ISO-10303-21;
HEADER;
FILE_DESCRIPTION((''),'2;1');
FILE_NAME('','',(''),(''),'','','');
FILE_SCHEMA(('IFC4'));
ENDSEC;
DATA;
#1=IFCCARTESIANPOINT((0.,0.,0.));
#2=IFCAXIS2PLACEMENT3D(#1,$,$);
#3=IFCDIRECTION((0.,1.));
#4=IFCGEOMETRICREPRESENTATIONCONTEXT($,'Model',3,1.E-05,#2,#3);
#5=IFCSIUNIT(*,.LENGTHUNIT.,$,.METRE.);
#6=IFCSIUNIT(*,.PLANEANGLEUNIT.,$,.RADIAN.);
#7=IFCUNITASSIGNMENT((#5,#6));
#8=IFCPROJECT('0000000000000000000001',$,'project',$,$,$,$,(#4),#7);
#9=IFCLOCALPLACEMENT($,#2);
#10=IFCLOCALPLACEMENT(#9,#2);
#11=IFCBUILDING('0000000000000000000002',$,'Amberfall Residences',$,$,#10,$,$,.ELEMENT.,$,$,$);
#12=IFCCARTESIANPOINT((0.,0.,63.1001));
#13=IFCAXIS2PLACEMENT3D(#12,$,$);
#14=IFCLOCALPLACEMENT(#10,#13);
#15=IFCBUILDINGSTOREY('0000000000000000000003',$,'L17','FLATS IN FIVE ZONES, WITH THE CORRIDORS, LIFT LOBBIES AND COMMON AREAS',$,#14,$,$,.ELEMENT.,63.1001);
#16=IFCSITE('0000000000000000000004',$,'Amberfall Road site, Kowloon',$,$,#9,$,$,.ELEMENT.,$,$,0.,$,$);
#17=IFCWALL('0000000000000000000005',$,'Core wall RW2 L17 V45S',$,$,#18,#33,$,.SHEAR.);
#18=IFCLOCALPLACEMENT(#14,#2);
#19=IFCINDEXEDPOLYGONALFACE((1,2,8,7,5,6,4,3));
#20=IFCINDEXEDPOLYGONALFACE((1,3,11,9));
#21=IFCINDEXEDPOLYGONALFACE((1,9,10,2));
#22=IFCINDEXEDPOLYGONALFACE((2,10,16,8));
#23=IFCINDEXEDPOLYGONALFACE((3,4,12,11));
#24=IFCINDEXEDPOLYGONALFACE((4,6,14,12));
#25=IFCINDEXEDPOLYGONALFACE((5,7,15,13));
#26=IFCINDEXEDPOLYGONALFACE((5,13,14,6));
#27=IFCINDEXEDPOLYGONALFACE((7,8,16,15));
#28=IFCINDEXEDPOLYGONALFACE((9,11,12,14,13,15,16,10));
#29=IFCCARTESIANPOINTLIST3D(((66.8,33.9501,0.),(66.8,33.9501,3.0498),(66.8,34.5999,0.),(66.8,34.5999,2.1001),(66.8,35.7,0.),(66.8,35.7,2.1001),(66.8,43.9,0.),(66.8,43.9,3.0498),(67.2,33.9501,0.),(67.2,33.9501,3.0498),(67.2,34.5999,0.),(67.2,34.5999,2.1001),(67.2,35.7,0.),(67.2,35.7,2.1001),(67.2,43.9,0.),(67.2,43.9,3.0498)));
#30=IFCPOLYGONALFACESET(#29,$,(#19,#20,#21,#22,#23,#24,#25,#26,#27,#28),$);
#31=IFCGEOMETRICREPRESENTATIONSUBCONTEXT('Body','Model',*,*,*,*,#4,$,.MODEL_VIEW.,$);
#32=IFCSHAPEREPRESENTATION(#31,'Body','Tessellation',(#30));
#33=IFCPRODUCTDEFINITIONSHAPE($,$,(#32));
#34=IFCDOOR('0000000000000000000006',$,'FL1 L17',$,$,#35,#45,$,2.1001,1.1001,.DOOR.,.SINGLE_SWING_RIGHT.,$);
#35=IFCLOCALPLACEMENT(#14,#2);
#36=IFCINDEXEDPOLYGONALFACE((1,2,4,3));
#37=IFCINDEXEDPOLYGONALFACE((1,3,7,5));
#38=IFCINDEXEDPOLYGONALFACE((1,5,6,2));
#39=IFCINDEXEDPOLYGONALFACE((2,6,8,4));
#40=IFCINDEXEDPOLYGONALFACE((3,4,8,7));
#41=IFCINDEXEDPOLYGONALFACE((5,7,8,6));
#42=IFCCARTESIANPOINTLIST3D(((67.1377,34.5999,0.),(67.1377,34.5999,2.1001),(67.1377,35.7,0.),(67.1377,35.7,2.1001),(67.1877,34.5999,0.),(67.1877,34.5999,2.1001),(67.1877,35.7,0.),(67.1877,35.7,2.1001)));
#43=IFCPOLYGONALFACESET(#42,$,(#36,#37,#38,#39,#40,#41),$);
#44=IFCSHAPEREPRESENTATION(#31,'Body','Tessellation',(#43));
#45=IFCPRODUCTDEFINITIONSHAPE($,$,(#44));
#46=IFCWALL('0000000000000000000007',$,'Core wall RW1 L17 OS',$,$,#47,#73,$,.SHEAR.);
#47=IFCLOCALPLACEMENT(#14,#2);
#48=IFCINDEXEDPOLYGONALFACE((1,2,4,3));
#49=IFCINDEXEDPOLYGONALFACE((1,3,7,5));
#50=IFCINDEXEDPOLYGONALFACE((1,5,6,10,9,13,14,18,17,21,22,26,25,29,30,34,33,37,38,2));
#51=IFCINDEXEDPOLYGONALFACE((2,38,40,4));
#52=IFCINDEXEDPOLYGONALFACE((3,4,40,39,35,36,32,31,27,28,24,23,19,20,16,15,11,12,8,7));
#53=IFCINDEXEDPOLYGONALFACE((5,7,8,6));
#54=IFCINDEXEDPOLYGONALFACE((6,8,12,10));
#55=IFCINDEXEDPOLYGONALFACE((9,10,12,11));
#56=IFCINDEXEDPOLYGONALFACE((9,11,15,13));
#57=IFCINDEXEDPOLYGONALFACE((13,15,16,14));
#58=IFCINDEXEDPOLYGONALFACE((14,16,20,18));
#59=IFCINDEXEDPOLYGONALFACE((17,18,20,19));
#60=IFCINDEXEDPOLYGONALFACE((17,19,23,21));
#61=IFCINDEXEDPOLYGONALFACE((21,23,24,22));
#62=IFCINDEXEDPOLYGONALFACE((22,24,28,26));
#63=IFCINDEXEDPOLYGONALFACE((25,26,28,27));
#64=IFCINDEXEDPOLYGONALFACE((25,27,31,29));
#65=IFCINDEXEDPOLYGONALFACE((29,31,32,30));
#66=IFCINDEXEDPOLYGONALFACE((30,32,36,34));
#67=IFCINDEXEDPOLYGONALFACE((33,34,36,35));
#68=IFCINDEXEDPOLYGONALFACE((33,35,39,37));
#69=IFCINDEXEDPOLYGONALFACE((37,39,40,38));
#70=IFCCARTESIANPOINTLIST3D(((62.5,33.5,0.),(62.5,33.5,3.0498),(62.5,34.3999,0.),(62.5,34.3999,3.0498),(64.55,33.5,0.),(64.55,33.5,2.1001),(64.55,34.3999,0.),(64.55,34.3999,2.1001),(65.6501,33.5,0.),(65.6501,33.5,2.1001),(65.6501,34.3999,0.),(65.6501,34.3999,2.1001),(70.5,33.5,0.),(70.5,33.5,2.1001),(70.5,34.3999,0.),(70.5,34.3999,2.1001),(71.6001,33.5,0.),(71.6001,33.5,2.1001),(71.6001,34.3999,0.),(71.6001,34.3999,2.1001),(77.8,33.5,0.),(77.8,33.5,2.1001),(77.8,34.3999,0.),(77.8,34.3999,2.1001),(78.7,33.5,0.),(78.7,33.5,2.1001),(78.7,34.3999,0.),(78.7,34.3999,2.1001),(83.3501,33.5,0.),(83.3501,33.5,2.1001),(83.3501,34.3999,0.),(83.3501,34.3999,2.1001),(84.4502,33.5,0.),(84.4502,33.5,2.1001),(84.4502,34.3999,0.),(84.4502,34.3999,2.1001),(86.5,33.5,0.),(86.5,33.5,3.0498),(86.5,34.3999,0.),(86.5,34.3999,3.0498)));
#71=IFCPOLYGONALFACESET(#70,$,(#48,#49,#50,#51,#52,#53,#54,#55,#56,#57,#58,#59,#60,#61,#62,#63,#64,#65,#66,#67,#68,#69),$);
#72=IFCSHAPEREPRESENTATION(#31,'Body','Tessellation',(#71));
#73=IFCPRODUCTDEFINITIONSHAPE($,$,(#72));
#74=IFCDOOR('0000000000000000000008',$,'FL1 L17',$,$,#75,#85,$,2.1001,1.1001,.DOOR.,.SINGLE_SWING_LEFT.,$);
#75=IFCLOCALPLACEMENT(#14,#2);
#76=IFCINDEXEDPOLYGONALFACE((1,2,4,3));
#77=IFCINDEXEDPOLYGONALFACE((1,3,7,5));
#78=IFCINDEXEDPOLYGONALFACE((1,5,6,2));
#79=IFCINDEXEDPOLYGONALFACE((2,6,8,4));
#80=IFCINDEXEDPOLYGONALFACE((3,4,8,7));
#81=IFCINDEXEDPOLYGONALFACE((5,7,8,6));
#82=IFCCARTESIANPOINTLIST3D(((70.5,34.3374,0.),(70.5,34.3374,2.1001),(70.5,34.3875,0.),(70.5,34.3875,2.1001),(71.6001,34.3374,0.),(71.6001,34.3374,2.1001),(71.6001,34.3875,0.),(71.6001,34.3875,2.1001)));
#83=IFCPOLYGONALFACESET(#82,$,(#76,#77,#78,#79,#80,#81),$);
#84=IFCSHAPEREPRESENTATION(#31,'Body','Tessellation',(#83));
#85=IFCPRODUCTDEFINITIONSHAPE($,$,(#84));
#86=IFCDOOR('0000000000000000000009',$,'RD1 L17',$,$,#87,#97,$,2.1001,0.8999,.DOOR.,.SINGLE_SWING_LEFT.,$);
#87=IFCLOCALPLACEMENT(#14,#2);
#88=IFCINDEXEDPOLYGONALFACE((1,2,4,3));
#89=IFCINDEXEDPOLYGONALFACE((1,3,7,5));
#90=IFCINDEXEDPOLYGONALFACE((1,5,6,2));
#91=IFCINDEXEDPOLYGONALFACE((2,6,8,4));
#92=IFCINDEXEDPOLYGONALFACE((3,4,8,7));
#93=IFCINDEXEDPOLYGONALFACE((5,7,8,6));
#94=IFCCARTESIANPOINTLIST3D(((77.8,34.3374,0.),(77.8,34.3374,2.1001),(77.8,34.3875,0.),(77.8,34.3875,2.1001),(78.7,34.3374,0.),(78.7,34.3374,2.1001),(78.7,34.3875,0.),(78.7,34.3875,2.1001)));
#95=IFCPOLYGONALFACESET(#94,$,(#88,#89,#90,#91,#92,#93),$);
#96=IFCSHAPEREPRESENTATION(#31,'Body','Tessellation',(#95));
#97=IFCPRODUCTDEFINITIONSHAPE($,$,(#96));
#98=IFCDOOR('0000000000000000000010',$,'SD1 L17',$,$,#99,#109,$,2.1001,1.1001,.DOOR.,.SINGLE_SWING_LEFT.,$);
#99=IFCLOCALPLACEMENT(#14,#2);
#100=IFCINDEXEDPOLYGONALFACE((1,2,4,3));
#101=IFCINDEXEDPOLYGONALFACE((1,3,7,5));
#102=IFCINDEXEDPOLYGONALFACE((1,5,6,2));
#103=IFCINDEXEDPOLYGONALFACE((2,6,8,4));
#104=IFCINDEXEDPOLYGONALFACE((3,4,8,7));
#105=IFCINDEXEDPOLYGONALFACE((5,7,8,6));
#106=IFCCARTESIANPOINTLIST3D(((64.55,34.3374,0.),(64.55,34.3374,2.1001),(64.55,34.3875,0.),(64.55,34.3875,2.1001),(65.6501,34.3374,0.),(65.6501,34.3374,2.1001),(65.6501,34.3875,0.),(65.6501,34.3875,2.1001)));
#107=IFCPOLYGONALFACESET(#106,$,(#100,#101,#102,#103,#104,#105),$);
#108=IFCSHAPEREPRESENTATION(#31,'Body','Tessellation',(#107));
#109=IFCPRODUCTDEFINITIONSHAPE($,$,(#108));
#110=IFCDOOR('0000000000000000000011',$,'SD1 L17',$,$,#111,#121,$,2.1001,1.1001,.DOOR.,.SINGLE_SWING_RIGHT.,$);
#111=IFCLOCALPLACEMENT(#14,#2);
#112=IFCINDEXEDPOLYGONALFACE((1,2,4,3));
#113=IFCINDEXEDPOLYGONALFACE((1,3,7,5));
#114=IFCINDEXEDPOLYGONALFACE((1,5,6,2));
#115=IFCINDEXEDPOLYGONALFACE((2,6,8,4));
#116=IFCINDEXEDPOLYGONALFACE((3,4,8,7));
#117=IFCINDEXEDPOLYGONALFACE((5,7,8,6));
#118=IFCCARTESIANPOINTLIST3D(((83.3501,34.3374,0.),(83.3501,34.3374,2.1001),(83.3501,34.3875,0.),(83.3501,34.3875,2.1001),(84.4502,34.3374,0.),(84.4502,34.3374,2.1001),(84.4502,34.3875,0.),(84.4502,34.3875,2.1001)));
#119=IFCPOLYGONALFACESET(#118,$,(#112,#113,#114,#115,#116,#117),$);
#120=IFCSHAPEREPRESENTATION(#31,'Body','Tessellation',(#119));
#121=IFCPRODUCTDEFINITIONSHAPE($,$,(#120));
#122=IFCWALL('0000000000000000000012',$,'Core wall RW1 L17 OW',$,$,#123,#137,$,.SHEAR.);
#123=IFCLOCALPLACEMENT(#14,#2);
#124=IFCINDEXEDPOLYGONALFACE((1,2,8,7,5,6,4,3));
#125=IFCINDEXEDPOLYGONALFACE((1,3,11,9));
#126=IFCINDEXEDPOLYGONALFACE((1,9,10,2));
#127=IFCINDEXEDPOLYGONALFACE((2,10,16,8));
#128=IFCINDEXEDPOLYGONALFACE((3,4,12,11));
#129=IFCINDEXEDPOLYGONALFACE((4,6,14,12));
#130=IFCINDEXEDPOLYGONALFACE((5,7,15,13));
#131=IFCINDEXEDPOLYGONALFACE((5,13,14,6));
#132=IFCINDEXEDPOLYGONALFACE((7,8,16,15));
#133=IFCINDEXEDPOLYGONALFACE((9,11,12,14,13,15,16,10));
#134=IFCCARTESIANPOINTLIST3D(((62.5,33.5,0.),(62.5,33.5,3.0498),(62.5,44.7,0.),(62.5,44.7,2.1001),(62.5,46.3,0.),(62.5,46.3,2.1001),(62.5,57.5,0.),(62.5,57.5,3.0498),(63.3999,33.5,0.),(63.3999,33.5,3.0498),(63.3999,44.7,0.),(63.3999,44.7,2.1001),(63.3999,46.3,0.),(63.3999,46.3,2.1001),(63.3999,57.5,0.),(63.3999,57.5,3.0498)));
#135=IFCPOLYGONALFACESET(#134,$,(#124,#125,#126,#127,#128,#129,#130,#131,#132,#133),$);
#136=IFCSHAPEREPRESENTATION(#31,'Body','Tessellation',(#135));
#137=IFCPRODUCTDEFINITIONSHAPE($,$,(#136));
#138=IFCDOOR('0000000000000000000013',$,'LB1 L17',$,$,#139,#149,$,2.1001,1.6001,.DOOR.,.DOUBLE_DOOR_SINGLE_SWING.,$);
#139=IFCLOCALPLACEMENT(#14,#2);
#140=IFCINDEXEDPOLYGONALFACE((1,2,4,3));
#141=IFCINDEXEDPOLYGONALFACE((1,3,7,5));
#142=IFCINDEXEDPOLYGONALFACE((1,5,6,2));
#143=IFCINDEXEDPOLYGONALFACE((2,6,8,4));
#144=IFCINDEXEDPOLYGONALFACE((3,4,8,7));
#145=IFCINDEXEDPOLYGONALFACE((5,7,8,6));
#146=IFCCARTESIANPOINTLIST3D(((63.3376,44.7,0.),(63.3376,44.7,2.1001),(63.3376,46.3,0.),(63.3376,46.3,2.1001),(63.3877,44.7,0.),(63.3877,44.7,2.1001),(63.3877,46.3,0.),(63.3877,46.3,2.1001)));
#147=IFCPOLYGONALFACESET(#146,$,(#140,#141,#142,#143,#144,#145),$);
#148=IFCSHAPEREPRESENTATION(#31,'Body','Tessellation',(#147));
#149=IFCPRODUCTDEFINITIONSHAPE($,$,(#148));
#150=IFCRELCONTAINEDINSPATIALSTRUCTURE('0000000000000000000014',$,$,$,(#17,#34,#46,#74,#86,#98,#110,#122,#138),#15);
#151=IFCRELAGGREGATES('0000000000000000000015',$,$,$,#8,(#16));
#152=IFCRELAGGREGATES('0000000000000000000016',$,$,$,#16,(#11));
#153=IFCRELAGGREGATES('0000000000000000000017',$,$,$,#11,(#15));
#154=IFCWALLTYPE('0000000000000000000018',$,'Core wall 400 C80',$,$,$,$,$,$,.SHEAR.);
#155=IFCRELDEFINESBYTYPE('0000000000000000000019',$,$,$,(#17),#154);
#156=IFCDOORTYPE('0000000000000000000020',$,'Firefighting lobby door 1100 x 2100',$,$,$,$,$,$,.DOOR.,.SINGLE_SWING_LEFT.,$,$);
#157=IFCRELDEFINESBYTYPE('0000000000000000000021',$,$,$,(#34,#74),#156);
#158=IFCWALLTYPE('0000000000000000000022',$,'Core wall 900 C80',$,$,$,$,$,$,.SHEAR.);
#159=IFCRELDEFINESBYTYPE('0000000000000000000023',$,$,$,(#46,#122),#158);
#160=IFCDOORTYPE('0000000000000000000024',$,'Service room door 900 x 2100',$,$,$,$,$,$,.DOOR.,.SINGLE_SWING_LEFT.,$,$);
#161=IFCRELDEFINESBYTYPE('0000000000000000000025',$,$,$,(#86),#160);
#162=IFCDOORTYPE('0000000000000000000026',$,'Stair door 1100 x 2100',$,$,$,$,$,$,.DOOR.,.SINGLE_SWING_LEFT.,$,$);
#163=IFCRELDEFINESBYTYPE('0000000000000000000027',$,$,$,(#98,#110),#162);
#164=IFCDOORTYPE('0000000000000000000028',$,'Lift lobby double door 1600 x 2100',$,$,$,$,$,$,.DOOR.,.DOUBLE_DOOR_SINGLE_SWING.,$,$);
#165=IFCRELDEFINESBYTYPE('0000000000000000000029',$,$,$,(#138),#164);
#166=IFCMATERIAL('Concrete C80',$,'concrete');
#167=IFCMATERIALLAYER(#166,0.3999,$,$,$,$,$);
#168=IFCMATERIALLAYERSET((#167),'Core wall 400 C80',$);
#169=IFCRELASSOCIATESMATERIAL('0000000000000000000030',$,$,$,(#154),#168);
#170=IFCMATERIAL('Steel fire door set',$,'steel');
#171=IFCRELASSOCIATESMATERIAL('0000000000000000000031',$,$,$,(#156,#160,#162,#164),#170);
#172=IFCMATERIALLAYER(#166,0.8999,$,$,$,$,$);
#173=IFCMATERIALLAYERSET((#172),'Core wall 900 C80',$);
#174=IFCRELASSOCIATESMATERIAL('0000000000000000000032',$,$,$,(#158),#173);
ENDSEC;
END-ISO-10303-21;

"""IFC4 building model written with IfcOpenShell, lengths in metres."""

from ifc_helpers import new_model, si_unit, direction, frame, frame_2d, origin, place, context, subcontext, project, spatial, rectangle, extrude, material, layer, layer_set, type_object, element, fill, save


model = new_model("IFC4")

# Units and contexts
model_context = context("Model", 3, precision=1e-05, world=origin(), true_north=direction((0.0, 1.0)))
body_context = subcontext(model_context, "Body", "Model", "MODEL_VIEW")
ifc_project = project(units=[si_unit("LENGTHUNIT", "METRE"), si_unit("PLANEANGLEUNIT", "RADIAN")], contexts=[model_context])

# Site, building, storey
site_placement = place(None, origin())
site = spatial("IfcSite", under=ifc_project, at=site_placement, Name="Amberfall Road site, Kowloon", CompositionType="ELEMENT", RefElevation=0.0)
building_placement = place(site_placement, origin())
building = spatial("IfcBuilding", under=site, at=building_placement, Name="Amberfall Residences", CompositionType="ELEMENT")
storey_placement = place(building_placement, frame((0.0, 0.0, 63.1001)))
storey = spatial("IfcBuildingStorey", under=building, at=storey_placement, Name="L17", Description="FLATS IN FIVE ZONES, WITH THE CORRIDORS, LIFT LOBBIES AND COMMON AREAS", CompositionType="ELEMENT", Elevation=63.1001)

# Wall, opening, door
ifc_material_1 = material(Name="Concrete C80", Category="concrete")
ifc_layer_1 = layer(ifc_material_1, 0.3999)
ifc_layer_set_1 = layer_set([ifc_layer_1], Name="Core wall 400 C80")
wall_type_1 = type_object("IfcWallType", Name="Core wall 400 C80", PredefinedType="SHEAR", material=ifc_layer_set_1)
wall_1_placement = place(storey_placement, frame((67.0, 33.95, 0.0), z_axis=(0.0, 0.0, 1.0), x_axis=(0.0, 1.0, 0.0)))
wall_1 = element("IfcWall", 1, at=wall_1_placement, inside=storey, type_object=wall_type_1, Name="Core wall RW2 L17 V45S", PredefinedType="SHEAR", context=body_context, shape_type="SweptSolid", body=[
    extrude(rectangle(XDim=9.95, YDim=0.3999, at=frame_2d((4.9751, 0.0))), origin(), (0.0, 0.0, 1.0), 3.0498),
])
opening_1_placement = place(wall_1_placement, frame((0.6499, 0.0, 0.0)))
opening_1 = element("IfcOpeningElement", 2, at=opening_1_placement, cuts=wall_1, PredefinedType="OPENING", context=body_context, shape_type="SweptSolid", body=[
    extrude(rectangle(XDim=1.1001, YDim=2.1001, at=frame_2d((0.55, 1.05))), frame((0.0, 0.21, 0.0), z_axis=(0.0, -1.0, 0.0), x_axis=(1.0, 0.0, 0.0)), (0.0, 0.0, 1.0), 0.4199),
])
ifc_material_2 = material(Name="Steel fire door set", Category="steel")
door_type_1 = type_object("IfcDoorType", Name="Firefighting lobby door 1100 x 2100", OperationType="SINGLE_SWING_LEFT", PredefinedType="DOOR", material=ifc_material_2)
door_1_placement = place(opening_1_placement, origin())
door_1 = element("IfcDoor", 3, at=door_1_placement, inside=storey, type_object=door_type_1, Name="FL1 L17", OperationType="SINGLE_SWING_RIGHT", OverallHeight=2.1001, OverallWidth=1.1001, PredefinedType="DOOR", context=body_context, shape_type="SweptSolid", body=[
    extrude(rectangle(XDim=1.1001, YDim=2.1001, at=frame_2d((0.55, 1.05))), frame((0.0, -0.1377, 0.0), z_axis=(0.0, -1.0, 0.0), x_axis=(1.0, 0.0, 0.0)), (0.0, 0.0, 1.0), 0.05),
])
fill(opening_1, door_1)

# Wall, openings, doors
ifc_layer_2 = layer(ifc_material_1, 0.8999)
ifc_layer_set_2 = layer_set([ifc_layer_2], Name="Core wall 900 C80")
wall_type_2 = type_object("IfcWallType", Name="Core wall 900 C80", PredefinedType="SHEAR", material=ifc_layer_set_2)
wall_2_placement = place(storey_placement, frame((62.5, 33.95, 0.0), z_axis=(0.0, 0.0, 1.0), x_axis=(1.0, 0.0, 0.0)))
wall_2 = element("IfcWall", 4, at=wall_2_placement, inside=storey, type_object=wall_type_2, Name="Core wall RW1 L17 OS", PredefinedType="SHEAR", context=body_context, shape_type="SweptSolid", body=[
    extrude(rectangle(XDim=24.0, YDim=0.8999, at=frame_2d((12.0, 0.0))), origin(), (0.0, 0.0, 1.0), 3.0498),
])
opening_2_placement = place(wall_2_placement, frame((2.05, 0.0, 0.0)))
opening_2 = element("IfcOpeningElement", 5, at=opening_2_placement, cuts=wall_2, PredefinedType="OPENING", context=body_context, shape_type="SweptSolid", body=[
    extrude(rectangle(XDim=1.1001, YDim=2.1001, at=frame_2d((0.55, 1.05))), frame((0.0, 0.46, 0.0), z_axis=(0.0, -1.0, 0.0), x_axis=(1.0, 0.0, 0.0)), (0.0, 0.0, 1.0), 0.9199),
])
opening_3_placement = place(wall_2_placement, frame((20.8501, 0.0, 0.0)))
opening_3 = element("IfcOpeningElement", 6, at=opening_3_placement, cuts=wall_2, PredefinedType="OPENING", context=body_context, shape_type="SweptSolid", body=[
    extrude(rectangle(XDim=1.1001, YDim=2.1001, at=frame_2d((0.55, 1.05))), frame((0.0, 0.46, 0.0), z_axis=(0.0, -1.0, 0.0), x_axis=(1.0, 0.0, 0.0)), (0.0, 0.0, 1.0), 0.9199),
])
opening_4_placement = place(wall_2_placement, frame((8.0, 0.0, 0.0)))
opening_4 = element("IfcOpeningElement", 7, at=opening_4_placement, cuts=wall_2, PredefinedType="OPENING", context=body_context, shape_type="SweptSolid", body=[
    extrude(rectangle(XDim=1.1001, YDim=2.1001, at=frame_2d((0.55, 1.05))), frame((0.0, 0.46, 0.0), z_axis=(0.0, -1.0, 0.0), x_axis=(1.0, 0.0, 0.0)), (0.0, 0.0, 1.0), 0.9199),
])
opening_5_placement = place(wall_2_placement, frame((15.3, 0.0, 0.0)))
opening_5 = element("IfcOpeningElement", 8, at=opening_5_placement, cuts=wall_2, PredefinedType="OPENING", context=body_context, shape_type="SweptSolid", body=[
    extrude(rectangle(XDim=0.8999, YDim=2.1001, at=frame_2d((0.45, 1.05))), frame((0.0, 0.46, 0.0), z_axis=(0.0, -1.0, 0.0), x_axis=(1.0, 0.0, 0.0)), (0.0, 0.0, 1.0), 0.9199),
])
door_2_placement = place(opening_4_placement, origin())
door_2 = element("IfcDoor", 9, at=door_2_placement, inside=storey, type_object=door_type_1, Name="FL1 L17", OperationType="SINGLE_SWING_LEFT", OverallHeight=2.1001, OverallWidth=1.1001, PredefinedType="DOOR", context=body_context, shape_type="SweptSolid", body=[
    extrude(rectangle(XDim=1.1001, YDim=2.1001, at=frame_2d((0.55, 1.05))), frame((0.0, 0.4375, 0.0), z_axis=(0.0, -1.0, 0.0), x_axis=(1.0, 0.0, 0.0)), (0.0, 0.0, 1.0), 0.05),
])
fill(opening_4, door_2)
door_type_2 = type_object("IfcDoorType", Name="Service room door 900 x 2100", OperationType="SINGLE_SWING_LEFT", PredefinedType="DOOR", material=ifc_material_2)
door_3_placement = place(opening_5_placement, origin())
door_3 = element("IfcDoor", 10, at=door_3_placement, inside=storey, type_object=door_type_2, Name="RD1 L17", OperationType="SINGLE_SWING_LEFT", OverallHeight=2.1001, OverallWidth=0.8999, PredefinedType="DOOR", context=body_context, shape_type="SweptSolid", body=[
    extrude(rectangle(XDim=0.8999, YDim=2.1001, at=frame_2d((0.45, 1.05))), frame((0.0, 0.4375, 0.0), z_axis=(0.0, -1.0, 0.0), x_axis=(1.0, 0.0, 0.0)), (0.0, 0.0, 1.0), 0.05),
])
fill(opening_5, door_3)
door_type_3 = type_object("IfcDoorType", Name="Stair door 1100 x 2100", OperationType="SINGLE_SWING_LEFT", PredefinedType="DOOR", material=ifc_material_2)
door_4_placement = place(opening_2_placement, origin())
door_4 = element("IfcDoor", 11, at=door_4_placement, inside=storey, type_object=door_type_3, Name="SD1 L17", OperationType="SINGLE_SWING_LEFT", OverallHeight=2.1001, OverallWidth=1.1001, PredefinedType="DOOR", context=body_context, shape_type="SweptSolid", body=[
    extrude(rectangle(XDim=1.1001, YDim=2.1001, at=frame_2d((0.55, 1.05))), frame((0.0, 0.4375, 0.0), z_axis=(0.0, -1.0, 0.0), x_axis=(1.0, 0.0, 0.0)), (0.0, 0.0, 1.0), 0.05),
])
fill(opening_2, door_4)
door_5_placement = place(opening_3_placement, origin())
door_5 = element("IfcDoor", 12, at=door_5_placement, inside=storey, type_object=door_type_3, Name="SD1 L17", OperationType="SINGLE_SWING_RIGHT", OverallHeight=2.1001, OverallWidth=1.1001, PredefinedType="DOOR", context=body_context, shape_type="SweptSolid", body=[
    extrude(rectangle(XDim=1.1001, YDim=2.1001, at=frame_2d((0.55, 1.05))), frame((0.0, 0.4375, 0.0), z_axis=(0.0, -1.0, 0.0), x_axis=(1.0, 0.0, 0.0)), (0.0, 0.0, 1.0), 0.05),
])
fill(opening_3, door_5)

# Wall, opening, door
wall_3_placement = place(storey_placement, frame((62.95, 33.5, 0.0), z_axis=(0.0, 0.0, 1.0), x_axis=(0.0, 1.0, 0.0)))
wall_3 = element("IfcWall", 13, at=wall_3_placement, inside=storey, type_object=wall_type_2, Name="Core wall RW1 L17 OW", PredefinedType="SHEAR", context=body_context, shape_type="SweptSolid", body=[
    extrude(rectangle(XDim=24.0, YDim=0.8999, at=frame_2d((12.0, 0.0))), origin(), (0.0, 0.0, 1.0), 3.0498),
])
opening_6_placement = place(wall_3_placement, frame((11.2, 0.0, 0.0)))
opening_6 = element("IfcOpeningElement", 14, at=opening_6_placement, cuts=wall_3, PredefinedType="OPENING", context=body_context, shape_type="SweptSolid", body=[
    extrude(rectangle(XDim=1.6001, YDim=2.1001, at=frame_2d((0.8, 1.05))), frame((0.0, 0.46, 0.0), z_axis=(0.0, -1.0, 0.0), x_axis=(1.0, 0.0, 0.0)), (0.0, 0.0, 1.0), 0.9199),
])
door_type_4 = type_object("IfcDoorType", Name="Lift lobby double door 1600 x 2100", OperationType="DOUBLE_DOOR_SINGLE_SWING", PredefinedType="DOOR", material=ifc_material_2)
door_6_placement = place(opening_6_placement, origin())
door_6 = element("IfcDoor", 15, at=door_6_placement, inside=storey, type_object=door_type_4, Name="LB1 L17", OperationType="DOUBLE_DOOR_SINGLE_SWING", OverallHeight=2.1001, OverallWidth=1.6001, PredefinedType="DOOR", context=body_context, shape_type="SweptSolid", body=[
    extrude(rectangle(XDim=1.6001, YDim=2.1001, at=frame_2d((0.8, 1.05))), frame((0.0, -0.3877, 0.0), z_axis=(0.0, -1.0, 0.0), x_axis=(1.0, 0.0, 0.0)), (0.0, 0.0, 1.0), 0.05),
])
fill(opening_6, door_6)

save(model, "model.ifc")
